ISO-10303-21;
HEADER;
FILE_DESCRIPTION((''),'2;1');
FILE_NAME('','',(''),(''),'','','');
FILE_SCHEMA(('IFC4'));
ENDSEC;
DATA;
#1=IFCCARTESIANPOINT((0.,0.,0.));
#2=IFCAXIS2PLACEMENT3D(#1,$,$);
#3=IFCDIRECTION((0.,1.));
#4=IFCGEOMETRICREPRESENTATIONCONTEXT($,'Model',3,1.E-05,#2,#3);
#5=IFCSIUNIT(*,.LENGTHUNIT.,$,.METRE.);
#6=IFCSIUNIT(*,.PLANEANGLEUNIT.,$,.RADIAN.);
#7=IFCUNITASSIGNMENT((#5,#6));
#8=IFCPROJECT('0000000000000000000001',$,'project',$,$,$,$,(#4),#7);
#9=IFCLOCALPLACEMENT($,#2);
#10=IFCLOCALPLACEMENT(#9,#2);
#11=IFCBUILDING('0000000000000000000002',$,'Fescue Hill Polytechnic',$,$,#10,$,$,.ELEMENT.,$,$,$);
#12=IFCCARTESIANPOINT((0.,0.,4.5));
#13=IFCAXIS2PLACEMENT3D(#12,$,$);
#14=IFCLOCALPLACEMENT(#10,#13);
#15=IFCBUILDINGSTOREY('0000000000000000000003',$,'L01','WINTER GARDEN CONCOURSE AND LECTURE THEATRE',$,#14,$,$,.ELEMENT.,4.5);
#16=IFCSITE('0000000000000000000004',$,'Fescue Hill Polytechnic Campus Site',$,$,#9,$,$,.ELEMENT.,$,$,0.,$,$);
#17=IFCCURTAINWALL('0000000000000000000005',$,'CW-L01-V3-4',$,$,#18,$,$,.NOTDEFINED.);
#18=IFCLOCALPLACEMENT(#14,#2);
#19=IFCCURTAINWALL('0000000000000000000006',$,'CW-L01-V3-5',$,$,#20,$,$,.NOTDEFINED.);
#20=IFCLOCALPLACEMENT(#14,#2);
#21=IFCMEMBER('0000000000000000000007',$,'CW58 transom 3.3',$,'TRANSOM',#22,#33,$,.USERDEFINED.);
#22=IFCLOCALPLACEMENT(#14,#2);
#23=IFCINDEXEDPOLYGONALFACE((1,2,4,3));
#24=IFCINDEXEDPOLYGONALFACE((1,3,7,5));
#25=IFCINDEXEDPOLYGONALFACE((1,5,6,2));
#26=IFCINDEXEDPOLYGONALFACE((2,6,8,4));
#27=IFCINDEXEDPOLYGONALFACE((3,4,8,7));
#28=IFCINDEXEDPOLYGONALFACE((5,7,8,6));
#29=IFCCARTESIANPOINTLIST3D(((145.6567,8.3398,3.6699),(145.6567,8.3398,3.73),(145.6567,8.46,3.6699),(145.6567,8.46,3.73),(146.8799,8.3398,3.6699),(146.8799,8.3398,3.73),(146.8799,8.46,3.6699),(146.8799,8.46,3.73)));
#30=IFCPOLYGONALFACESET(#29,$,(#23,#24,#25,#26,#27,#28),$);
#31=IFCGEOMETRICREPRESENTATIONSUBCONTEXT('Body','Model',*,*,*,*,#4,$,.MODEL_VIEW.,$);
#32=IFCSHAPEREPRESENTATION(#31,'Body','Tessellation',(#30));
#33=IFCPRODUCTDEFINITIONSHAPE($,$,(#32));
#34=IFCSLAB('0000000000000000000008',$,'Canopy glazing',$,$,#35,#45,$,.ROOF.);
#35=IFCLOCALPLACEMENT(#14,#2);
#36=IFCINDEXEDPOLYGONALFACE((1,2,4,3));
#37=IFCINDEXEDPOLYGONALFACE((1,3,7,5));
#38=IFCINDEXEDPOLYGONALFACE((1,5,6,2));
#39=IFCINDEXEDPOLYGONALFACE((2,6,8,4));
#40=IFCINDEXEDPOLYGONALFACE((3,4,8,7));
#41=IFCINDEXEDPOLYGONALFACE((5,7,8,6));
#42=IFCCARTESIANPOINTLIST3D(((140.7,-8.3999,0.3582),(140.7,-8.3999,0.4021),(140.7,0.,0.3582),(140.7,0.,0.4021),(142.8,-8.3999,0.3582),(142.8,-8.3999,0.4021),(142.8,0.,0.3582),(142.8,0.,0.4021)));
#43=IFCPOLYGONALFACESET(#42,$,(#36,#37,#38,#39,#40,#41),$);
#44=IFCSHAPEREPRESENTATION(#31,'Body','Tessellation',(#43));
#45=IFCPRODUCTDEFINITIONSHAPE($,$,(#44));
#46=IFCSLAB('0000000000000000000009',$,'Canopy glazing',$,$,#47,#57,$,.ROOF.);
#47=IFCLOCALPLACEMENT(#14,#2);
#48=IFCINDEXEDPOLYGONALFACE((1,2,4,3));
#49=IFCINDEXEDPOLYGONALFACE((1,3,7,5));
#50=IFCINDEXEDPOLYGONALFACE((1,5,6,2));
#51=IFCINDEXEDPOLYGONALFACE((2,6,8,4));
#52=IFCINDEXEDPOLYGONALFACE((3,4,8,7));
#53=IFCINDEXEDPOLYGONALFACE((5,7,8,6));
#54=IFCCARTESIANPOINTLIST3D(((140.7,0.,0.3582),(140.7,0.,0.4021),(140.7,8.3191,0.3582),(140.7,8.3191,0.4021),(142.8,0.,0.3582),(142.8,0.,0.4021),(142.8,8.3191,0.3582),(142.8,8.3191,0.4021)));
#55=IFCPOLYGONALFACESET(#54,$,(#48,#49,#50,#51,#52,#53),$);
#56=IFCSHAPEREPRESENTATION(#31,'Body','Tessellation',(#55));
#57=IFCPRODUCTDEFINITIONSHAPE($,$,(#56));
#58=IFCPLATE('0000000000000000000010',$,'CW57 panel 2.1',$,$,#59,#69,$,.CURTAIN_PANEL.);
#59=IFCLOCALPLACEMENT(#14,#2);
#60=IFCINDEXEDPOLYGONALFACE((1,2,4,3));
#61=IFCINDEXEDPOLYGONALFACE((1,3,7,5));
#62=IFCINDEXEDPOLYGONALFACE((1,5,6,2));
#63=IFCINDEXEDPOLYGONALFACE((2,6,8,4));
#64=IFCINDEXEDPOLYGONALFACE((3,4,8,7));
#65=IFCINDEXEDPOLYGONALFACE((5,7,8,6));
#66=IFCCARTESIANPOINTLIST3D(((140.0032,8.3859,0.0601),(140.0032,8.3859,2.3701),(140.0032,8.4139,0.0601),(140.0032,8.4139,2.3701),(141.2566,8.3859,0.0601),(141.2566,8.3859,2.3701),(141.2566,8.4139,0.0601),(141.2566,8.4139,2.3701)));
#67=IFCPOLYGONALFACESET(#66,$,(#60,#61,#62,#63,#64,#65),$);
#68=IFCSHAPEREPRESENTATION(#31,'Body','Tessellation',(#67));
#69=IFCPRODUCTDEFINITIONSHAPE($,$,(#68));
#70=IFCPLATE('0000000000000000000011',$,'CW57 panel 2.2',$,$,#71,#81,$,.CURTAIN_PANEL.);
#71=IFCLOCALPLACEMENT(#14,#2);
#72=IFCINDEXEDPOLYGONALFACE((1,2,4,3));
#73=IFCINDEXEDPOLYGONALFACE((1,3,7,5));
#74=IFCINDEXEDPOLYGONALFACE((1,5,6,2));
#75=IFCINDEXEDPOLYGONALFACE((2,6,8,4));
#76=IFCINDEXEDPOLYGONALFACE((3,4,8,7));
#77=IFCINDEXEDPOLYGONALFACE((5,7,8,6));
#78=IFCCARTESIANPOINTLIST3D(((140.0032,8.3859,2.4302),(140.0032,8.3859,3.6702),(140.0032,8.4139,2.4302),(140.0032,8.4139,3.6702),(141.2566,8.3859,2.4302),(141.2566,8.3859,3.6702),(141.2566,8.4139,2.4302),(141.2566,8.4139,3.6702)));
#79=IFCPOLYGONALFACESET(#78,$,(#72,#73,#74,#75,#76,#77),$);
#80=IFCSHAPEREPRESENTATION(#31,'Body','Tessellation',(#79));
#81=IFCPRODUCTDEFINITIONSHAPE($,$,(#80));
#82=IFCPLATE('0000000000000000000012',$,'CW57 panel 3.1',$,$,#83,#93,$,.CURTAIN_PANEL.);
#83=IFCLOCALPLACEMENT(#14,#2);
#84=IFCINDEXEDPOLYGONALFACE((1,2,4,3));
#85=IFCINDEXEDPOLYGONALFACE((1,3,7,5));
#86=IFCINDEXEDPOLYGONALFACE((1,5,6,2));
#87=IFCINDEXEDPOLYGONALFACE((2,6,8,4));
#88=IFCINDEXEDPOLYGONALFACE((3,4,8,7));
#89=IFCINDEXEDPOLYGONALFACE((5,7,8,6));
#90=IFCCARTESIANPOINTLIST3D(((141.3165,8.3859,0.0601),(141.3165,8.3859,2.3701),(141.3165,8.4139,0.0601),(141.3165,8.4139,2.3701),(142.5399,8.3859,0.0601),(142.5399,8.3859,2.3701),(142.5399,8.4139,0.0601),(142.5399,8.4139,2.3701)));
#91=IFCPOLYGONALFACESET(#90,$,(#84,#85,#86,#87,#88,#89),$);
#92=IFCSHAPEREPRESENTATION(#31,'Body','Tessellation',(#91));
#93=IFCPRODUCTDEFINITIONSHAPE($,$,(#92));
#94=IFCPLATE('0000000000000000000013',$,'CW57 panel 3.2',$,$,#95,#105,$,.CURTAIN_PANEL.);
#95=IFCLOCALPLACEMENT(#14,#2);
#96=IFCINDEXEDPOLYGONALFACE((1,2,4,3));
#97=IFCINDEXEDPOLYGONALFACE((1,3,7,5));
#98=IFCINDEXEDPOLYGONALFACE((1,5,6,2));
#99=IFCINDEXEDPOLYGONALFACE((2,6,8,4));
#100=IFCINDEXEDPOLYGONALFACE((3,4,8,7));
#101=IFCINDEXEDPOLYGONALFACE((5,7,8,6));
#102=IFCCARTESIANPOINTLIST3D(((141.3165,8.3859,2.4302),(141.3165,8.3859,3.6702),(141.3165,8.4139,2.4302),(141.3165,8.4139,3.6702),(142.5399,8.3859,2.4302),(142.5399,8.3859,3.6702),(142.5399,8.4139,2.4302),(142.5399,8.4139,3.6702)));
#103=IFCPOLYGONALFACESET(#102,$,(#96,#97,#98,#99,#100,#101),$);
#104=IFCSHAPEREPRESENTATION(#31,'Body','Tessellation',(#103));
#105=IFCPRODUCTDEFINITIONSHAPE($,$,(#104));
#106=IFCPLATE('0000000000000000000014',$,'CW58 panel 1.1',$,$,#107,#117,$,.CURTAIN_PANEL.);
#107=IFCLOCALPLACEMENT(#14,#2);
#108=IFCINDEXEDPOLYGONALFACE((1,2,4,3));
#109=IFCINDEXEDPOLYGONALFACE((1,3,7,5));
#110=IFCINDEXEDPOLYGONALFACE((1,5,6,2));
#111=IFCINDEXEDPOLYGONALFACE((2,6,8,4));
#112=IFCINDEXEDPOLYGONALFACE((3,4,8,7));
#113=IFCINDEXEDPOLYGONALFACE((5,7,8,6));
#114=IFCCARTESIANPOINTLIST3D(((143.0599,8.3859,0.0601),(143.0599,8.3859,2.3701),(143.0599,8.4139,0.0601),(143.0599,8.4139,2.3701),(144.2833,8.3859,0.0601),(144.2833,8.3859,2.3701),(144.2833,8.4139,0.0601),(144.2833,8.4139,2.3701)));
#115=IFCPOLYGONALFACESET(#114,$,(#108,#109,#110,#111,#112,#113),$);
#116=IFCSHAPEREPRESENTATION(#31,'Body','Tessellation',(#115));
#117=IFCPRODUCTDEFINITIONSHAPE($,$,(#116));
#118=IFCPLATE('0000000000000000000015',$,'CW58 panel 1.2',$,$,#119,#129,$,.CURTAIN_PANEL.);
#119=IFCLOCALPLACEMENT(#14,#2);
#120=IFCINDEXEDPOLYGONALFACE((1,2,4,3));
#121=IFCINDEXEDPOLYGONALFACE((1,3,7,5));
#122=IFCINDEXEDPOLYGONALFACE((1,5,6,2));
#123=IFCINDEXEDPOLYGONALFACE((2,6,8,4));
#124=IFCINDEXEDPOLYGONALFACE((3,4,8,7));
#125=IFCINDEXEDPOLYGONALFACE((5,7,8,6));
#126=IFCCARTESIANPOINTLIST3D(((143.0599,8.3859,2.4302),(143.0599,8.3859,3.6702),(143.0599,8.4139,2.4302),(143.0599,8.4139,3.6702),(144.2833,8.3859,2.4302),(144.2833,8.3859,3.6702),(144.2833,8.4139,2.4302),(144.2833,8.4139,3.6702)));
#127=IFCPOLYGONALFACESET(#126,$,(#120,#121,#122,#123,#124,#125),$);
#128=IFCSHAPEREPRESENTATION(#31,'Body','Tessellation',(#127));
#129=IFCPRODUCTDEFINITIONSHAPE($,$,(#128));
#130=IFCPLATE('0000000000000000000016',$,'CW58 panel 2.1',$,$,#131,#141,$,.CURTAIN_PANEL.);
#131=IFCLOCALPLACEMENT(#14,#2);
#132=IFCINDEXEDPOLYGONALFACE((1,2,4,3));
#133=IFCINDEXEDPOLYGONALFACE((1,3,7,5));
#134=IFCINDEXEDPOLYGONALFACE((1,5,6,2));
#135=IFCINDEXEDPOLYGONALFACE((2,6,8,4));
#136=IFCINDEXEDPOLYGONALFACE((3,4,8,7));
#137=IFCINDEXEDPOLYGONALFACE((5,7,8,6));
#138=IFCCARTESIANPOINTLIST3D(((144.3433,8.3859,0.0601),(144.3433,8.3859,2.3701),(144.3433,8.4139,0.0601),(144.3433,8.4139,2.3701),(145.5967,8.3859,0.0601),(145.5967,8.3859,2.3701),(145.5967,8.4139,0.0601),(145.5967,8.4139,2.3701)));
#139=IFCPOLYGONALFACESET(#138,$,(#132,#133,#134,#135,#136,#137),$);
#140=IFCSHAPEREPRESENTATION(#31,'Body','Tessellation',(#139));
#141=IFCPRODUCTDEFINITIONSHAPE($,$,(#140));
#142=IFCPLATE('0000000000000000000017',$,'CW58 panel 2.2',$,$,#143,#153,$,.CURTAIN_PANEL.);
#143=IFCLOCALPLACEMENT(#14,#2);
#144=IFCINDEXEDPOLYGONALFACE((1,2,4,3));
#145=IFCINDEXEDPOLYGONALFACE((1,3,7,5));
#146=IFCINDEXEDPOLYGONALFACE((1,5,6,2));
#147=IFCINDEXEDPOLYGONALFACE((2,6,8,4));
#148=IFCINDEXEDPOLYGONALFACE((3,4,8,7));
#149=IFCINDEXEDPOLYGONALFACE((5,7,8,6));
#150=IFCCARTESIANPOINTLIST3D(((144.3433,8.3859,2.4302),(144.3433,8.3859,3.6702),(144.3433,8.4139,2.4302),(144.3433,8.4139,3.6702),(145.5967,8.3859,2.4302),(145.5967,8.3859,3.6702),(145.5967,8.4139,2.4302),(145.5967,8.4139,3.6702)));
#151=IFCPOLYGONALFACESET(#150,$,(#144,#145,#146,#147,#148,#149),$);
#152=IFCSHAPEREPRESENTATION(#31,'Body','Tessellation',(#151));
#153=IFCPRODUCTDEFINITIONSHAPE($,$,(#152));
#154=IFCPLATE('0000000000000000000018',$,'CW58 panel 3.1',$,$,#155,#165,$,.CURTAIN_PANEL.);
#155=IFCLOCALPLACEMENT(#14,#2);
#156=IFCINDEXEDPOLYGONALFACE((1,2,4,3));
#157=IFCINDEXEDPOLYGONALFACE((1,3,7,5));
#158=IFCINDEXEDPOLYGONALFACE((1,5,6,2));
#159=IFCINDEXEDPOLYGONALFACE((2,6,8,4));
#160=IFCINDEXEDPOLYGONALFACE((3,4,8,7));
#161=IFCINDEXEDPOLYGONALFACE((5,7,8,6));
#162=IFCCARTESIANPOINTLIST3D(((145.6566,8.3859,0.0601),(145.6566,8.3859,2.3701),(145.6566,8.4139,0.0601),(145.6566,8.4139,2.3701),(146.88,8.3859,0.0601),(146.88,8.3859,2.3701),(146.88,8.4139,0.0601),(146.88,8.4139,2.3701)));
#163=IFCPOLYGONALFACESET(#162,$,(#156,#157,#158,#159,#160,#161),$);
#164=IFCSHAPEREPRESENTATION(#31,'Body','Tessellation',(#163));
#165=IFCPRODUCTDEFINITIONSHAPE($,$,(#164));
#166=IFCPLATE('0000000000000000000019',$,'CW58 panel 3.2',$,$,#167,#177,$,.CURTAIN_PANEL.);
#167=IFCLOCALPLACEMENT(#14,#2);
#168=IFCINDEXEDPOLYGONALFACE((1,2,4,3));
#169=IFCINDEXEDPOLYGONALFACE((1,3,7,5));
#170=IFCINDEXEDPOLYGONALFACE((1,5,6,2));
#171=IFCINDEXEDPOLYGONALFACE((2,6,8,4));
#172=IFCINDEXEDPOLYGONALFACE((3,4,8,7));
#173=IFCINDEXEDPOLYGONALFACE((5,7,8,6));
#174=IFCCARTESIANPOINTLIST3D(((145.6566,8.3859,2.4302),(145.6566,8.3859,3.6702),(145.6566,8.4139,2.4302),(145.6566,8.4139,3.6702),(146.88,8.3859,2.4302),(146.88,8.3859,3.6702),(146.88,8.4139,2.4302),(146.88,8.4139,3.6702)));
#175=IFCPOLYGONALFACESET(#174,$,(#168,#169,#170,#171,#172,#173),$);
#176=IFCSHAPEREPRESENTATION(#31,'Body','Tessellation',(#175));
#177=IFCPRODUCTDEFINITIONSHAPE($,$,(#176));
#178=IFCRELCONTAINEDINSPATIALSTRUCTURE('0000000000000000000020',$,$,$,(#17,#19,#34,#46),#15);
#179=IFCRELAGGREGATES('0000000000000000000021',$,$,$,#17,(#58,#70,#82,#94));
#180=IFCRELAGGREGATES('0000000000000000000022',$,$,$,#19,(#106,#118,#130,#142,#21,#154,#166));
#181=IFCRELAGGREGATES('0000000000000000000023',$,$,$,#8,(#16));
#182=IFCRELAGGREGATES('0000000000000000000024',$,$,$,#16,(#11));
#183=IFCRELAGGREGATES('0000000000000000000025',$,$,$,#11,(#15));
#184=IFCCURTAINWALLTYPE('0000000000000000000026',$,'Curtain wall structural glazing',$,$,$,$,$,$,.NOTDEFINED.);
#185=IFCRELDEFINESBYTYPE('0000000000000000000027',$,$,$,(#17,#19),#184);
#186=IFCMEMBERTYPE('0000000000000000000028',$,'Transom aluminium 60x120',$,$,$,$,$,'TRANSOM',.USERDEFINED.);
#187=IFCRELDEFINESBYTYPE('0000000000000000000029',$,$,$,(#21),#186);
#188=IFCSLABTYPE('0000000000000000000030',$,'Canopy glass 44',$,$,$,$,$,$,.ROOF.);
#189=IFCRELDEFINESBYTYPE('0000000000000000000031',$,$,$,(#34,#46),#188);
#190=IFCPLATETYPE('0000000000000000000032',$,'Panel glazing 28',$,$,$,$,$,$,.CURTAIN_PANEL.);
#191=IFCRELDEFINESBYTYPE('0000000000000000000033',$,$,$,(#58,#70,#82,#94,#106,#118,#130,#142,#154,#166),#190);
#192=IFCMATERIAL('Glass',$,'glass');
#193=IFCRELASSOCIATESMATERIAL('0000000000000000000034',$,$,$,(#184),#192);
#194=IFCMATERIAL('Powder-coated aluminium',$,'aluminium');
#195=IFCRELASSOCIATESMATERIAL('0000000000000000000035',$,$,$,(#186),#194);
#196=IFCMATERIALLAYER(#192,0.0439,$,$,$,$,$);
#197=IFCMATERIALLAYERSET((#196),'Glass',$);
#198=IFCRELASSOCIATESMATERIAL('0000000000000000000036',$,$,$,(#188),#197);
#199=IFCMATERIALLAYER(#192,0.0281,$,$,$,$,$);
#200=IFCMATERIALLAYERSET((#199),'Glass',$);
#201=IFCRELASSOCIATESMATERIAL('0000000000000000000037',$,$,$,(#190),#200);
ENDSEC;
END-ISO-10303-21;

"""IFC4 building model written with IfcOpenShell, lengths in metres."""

from ifc_helpers import new_model, si_unit, direction, frame, origin, origin_2d, place, context, subcontext, project, spatial, polyline, rectangle, outline, extrude, material, layer, layer_set, material_profile, profile_set, type_object, element, aggregate, save


model = new_model("IFC4")

# Units and contexts
model_context = context("Model", 3, precision=1e-05, world=origin(), true_north=direction((0.0, 1.0)))
body_context = subcontext(model_context, "Body", "Model", "MODEL_VIEW")
ifc_project = project(units=[si_unit("LENGTHUNIT", "METRE"), si_unit("PLANEANGLEUNIT", "RADIAN")], contexts=[model_context])

# Site, building, storey
site_placement = place(None, origin())
site = spatial("IfcSite", under=ifc_project, at=site_placement, Name="Fescue Hill Polytechnic Campus Site", CompositionType="ELEMENT", RefElevation=0.0)
building_placement = place(site_placement, origin())
building = spatial("IfcBuilding", under=site, at=building_placement, Name="Fescue Hill Polytechnic", CompositionType="ELEMENT")
storey_placement = place(building_placement, frame((0.0, 0.0, 4.5)))
storey = spatial("IfcBuildingStorey", under=building, at=storey_placement, Name="L01", Description="WINTER GARDEN CONCOURSE AND LECTURE THEATRE", CompositionType="ELEMENT", Elevation=4.5)

# Curtain walls
ifc_material_1 = material(Name="Glass", Category="glass")
curtain_wall_type = type_object("IfcCurtainWallType", Name="Curtain wall structural glazing", PredefinedType="NOTDEFINED", material=ifc_material_1)
curtain_wall_1_placement = place(storey_placement, origin())
curtain_wall_1 = element("IfcCurtainWall", 1, at=curtain_wall_1_placement, inside=storey, type_object=curtain_wall_type, Name="CW-L01-V3-4", PredefinedType="NOTDEFINED")
ifc_material_2 = material(Name="Powder-coated aluminium", Category="aluminium")
curtain_wall_2_placement = place(storey_placement, origin())
curtain_wall_2 = element("IfcCurtainWall", 2, at=curtain_wall_2_placement, inside=storey, type_object=curtain_wall_type, Name="CW-L01-V3-5", PredefinedType="NOTDEFINED")

# Member
ifc_material_profile_1 = material_profile(ifc_material_2, rectangle(XDim=0.1201, YDim=0.0601, at=origin_2d()), Name="Transom aluminium 60x120")
ifc_profile_set_1 = profile_set([ifc_material_profile_1], Name="Powder-coated aluminium")
member_type_1 = type_object("IfcMemberType", Name="Transom aluminium 60x120", ElementType="TRANSOM", PredefinedType="USERDEFINED", material=ifc_profile_set_1)
member_1_placement = place(storey_placement, frame((145.6567, 8.3999, 3.7), z_axis=(1.0, 0.0, 0.0), x_axis=(0.0, 1.0, 0.0)))
member_1 = element("IfcMember", 3, at=member_1_placement, type_object=member_type_1, Name="CW58 transom 3.3", ObjectType="TRANSOM", PredefinedType="USERDEFINED", context=body_context, shape_type="SweptSolid", body=[
    extrude(rectangle(XDim=0.1201, YDim=0.0601, at=origin_2d()), origin(), (0.0, 0.0, 1.0), 1.2231),
])

# Slabs
ifc_layer_1 = layer(ifc_material_1, 0.0439)
ifc_layer_set_1 = layer_set([ifc_layer_1], Name="Glass")
slab_type = type_object("IfcSlabType", Name="Canopy glass 44", PredefinedType="ROOF", material=ifc_layer_set_1)
slab_1_placement = place(storey_placement, frame((140.7, -8.3999, 0.4021), z_axis=(0.0, 0.0, 1.0), x_axis=(1.0, 0.0, 0.0)))
element("IfcSlab", 4, at=slab_1_placement, inside=storey, type_object=slab_type, Name="Canopy glazing", PredefinedType="ROOF", context=body_context, shape_type="SweptSolid", body=[
    extrude(outline(polyline([(0.0, 0.0), (2.1001, 0.0), (2.1001, 8.3999), (0.0, 8.3999), (0.0, 0.0)])), origin(), (0.0, 0.0, -1.0), 0.0439),
])
slab_2_placement = place(storey_placement, frame((140.7, 0.0, 0.4021), z_axis=(0.0, 0.0, 1.0), x_axis=(1.0, 0.0, 0.0)))
element("IfcSlab", 5, at=slab_2_placement, inside=storey, type_object=slab_type, Name="Canopy glazing", PredefinedType="ROOF", context=body_context, shape_type="SweptSolid", body=[
    extrude(outline(polyline([(0.0, 0.0), (2.1001, 0.0), (2.1001, 8.3191), (0.0, 8.3191), (0.0, 0.0)])), origin(), (0.0, 0.0, -1.0), 0.0439),
])

# Plates
ifc_layer_2 = layer(ifc_material_1, 0.0281)
ifc_layer_set_2 = layer_set([ifc_layer_2], Name="Glass")
plate_type = type_object("IfcPlateType", Name="Panel glazing 28", PredefinedType="CURTAIN_PANEL", material=ifc_layer_set_2)
plate_1_placement = place(storey_placement, frame((140.6299, 8.3999, 0.0601), z_axis=(0.0, 0.0, 1.0), x_axis=(1.0, 0.0, 0.0)))
plate_1 = element("IfcPlate", 6, at=plate_1_placement, type_object=plate_type, Name="CW57 panel 2.1", PredefinedType="CURTAIN_PANEL", context=body_context, shape_type="SweptSolid", body=[
    extrude(rectangle(XDim=1.2534, YDim=0.0281, at=origin_2d()), origin(), (0.0, 0.0, 1.0), 2.3101),
])
plate_2_placement = place(storey_placement, frame((140.6299, 8.3999, 2.4302), z_axis=(0.0, 0.0, 1.0), x_axis=(1.0, 0.0, 0.0)))
plate_2 = element("IfcPlate", 7, at=plate_2_placement, type_object=plate_type, Name="CW57 panel 2.2", PredefinedType="CURTAIN_PANEL", context=body_context, shape_type="SweptSolid", body=[
    extrude(rectangle(XDim=1.2534, YDim=0.0281, at=origin_2d()), origin(), (0.0, 0.0, 1.0), 1.24),
])
plate_3_placement = place(storey_placement, frame((141.9282, 8.3999, 0.0601), z_axis=(0.0, 0.0, 1.0), x_axis=(1.0, 0.0, 0.0)))
plate_3 = element("IfcPlate", 8, at=plate_3_placement, type_object=plate_type, Name="CW57 panel 3.1", PredefinedType="CURTAIN_PANEL", context=body_context, shape_type="SweptSolid", body=[
    extrude(rectangle(XDim=1.2234, YDim=0.0281, at=origin_2d()), origin(), (0.0, 0.0, 1.0), 2.3101),
])
plate_4_placement = place(storey_placement, frame((141.9282, 8.3999, 2.4302), z_axis=(0.0, 0.0, 1.0), x_axis=(1.0, 0.0, 0.0)))
plate_4 = element("IfcPlate", 9, at=plate_4_placement, type_object=plate_type, Name="CW57 panel 3.2", PredefinedType="CURTAIN_PANEL", context=body_context, shape_type="SweptSolid", body=[
    extrude(rectangle(XDim=1.2234, YDim=0.0281, at=origin_2d()), origin(), (0.0, 0.0, 1.0), 1.24),
])
aggregate(curtain_wall_1, [plate_1, plate_2, plate_3, plate_4])
plate_5_placement = place(storey_placement, frame((143.6716, 8.3999, 0.0601), z_axis=(0.0, 0.0, 1.0), x_axis=(1.0, 0.0, 0.0)))
plate_5 = element("IfcPlate", 10, at=plate_5_placement, type_object=plate_type, Name="CW58 panel 1.1", PredefinedType="CURTAIN_PANEL", context=body_context, shape_type="SweptSolid", body=[
    extrude(rectangle(XDim=1.2234, YDim=0.0281, at=origin_2d()), origin(), (0.0, 0.0, 1.0), 2.3101),
])
plate_6_placement = place(storey_placement, frame((143.6716, 8.3999, 2.4302), z_axis=(0.0, 0.0, 1.0), x_axis=(1.0, 0.0, 0.0)))
plate_6 = element("IfcPlate", 11, at=plate_6_placement, type_object=plate_type, Name="CW58 panel 1.2", PredefinedType="CURTAIN_PANEL", context=body_context, shape_type="SweptSolid", body=[
    extrude(rectangle(XDim=1.2234, YDim=0.0281, at=origin_2d()), origin(), (0.0, 0.0, 1.0), 1.24),
])
plate_7_placement = place(storey_placement, frame((144.97, 8.3999, 0.0601), z_axis=(0.0, 0.0, 1.0), x_axis=(1.0, 0.0, 0.0)))
plate_7 = element("IfcPlate", 12, at=plate_7_placement, type_object=plate_type, Name="CW58 panel 2.1", PredefinedType="CURTAIN_PANEL", context=body_context, shape_type="SweptSolid", body=[
    extrude(rectangle(XDim=1.2534, YDim=0.0281, at=origin_2d()), origin(), (0.0, 0.0, 1.0), 2.3101),
])
plate_8_placement = place(storey_placement, frame((144.97, 8.3999, 2.4302), z_axis=(0.0, 0.0, 1.0), x_axis=(1.0, 0.0, 0.0)))
plate_8 = element("IfcPlate", 13, at=plate_8_placement, type_object=plate_type, Name="CW58 panel 2.2", PredefinedType="CURTAIN_PANEL", context=body_context, shape_type="SweptSolid", body=[
    extrude(rectangle(XDim=1.2534, YDim=0.0281, at=origin_2d()), origin(), (0.0, 0.0, 1.0), 1.24),
])
plate_9_placement = place(storey_placement, frame((146.2683, 8.3999, 0.0601), z_axis=(0.0, 0.0, 1.0), x_axis=(1.0, 0.0, 0.0)))
plate_9 = element("IfcPlate", 14, at=plate_9_placement, type_object=plate_type, Name="CW58 panel 3.1", PredefinedType="CURTAIN_PANEL", context=body_context, shape_type="SweptSolid", body=[
    extrude(rectangle(XDim=1.2234, YDim=0.0281, at=origin_2d()), origin(), (0.0, 0.0, 1.0), 2.3101),
])
plate_10_placement = place(storey_placement, frame((146.2683, 8.3999, 2.4302), z_axis=(0.0, 0.0, 1.0), x_axis=(1.0, 0.0, 0.0)))
plate_10 = element("IfcPlate", 15, at=plate_10_placement, type_object=plate_type, Name="CW58 panel 3.2", PredefinedType="CURTAIN_PANEL", context=body_context, shape_type="SweptSolid", body=[
    extrude(rectangle(XDim=1.2234, YDim=0.0281, at=origin_2d()), origin(), (0.0, 0.0, 1.0), 1.24),
])
aggregate(curtain_wall_2, [plate_5, plate_6, plate_7, plate_8, member_1, plate_9, plate_10])

save(model, "model.ifc")
